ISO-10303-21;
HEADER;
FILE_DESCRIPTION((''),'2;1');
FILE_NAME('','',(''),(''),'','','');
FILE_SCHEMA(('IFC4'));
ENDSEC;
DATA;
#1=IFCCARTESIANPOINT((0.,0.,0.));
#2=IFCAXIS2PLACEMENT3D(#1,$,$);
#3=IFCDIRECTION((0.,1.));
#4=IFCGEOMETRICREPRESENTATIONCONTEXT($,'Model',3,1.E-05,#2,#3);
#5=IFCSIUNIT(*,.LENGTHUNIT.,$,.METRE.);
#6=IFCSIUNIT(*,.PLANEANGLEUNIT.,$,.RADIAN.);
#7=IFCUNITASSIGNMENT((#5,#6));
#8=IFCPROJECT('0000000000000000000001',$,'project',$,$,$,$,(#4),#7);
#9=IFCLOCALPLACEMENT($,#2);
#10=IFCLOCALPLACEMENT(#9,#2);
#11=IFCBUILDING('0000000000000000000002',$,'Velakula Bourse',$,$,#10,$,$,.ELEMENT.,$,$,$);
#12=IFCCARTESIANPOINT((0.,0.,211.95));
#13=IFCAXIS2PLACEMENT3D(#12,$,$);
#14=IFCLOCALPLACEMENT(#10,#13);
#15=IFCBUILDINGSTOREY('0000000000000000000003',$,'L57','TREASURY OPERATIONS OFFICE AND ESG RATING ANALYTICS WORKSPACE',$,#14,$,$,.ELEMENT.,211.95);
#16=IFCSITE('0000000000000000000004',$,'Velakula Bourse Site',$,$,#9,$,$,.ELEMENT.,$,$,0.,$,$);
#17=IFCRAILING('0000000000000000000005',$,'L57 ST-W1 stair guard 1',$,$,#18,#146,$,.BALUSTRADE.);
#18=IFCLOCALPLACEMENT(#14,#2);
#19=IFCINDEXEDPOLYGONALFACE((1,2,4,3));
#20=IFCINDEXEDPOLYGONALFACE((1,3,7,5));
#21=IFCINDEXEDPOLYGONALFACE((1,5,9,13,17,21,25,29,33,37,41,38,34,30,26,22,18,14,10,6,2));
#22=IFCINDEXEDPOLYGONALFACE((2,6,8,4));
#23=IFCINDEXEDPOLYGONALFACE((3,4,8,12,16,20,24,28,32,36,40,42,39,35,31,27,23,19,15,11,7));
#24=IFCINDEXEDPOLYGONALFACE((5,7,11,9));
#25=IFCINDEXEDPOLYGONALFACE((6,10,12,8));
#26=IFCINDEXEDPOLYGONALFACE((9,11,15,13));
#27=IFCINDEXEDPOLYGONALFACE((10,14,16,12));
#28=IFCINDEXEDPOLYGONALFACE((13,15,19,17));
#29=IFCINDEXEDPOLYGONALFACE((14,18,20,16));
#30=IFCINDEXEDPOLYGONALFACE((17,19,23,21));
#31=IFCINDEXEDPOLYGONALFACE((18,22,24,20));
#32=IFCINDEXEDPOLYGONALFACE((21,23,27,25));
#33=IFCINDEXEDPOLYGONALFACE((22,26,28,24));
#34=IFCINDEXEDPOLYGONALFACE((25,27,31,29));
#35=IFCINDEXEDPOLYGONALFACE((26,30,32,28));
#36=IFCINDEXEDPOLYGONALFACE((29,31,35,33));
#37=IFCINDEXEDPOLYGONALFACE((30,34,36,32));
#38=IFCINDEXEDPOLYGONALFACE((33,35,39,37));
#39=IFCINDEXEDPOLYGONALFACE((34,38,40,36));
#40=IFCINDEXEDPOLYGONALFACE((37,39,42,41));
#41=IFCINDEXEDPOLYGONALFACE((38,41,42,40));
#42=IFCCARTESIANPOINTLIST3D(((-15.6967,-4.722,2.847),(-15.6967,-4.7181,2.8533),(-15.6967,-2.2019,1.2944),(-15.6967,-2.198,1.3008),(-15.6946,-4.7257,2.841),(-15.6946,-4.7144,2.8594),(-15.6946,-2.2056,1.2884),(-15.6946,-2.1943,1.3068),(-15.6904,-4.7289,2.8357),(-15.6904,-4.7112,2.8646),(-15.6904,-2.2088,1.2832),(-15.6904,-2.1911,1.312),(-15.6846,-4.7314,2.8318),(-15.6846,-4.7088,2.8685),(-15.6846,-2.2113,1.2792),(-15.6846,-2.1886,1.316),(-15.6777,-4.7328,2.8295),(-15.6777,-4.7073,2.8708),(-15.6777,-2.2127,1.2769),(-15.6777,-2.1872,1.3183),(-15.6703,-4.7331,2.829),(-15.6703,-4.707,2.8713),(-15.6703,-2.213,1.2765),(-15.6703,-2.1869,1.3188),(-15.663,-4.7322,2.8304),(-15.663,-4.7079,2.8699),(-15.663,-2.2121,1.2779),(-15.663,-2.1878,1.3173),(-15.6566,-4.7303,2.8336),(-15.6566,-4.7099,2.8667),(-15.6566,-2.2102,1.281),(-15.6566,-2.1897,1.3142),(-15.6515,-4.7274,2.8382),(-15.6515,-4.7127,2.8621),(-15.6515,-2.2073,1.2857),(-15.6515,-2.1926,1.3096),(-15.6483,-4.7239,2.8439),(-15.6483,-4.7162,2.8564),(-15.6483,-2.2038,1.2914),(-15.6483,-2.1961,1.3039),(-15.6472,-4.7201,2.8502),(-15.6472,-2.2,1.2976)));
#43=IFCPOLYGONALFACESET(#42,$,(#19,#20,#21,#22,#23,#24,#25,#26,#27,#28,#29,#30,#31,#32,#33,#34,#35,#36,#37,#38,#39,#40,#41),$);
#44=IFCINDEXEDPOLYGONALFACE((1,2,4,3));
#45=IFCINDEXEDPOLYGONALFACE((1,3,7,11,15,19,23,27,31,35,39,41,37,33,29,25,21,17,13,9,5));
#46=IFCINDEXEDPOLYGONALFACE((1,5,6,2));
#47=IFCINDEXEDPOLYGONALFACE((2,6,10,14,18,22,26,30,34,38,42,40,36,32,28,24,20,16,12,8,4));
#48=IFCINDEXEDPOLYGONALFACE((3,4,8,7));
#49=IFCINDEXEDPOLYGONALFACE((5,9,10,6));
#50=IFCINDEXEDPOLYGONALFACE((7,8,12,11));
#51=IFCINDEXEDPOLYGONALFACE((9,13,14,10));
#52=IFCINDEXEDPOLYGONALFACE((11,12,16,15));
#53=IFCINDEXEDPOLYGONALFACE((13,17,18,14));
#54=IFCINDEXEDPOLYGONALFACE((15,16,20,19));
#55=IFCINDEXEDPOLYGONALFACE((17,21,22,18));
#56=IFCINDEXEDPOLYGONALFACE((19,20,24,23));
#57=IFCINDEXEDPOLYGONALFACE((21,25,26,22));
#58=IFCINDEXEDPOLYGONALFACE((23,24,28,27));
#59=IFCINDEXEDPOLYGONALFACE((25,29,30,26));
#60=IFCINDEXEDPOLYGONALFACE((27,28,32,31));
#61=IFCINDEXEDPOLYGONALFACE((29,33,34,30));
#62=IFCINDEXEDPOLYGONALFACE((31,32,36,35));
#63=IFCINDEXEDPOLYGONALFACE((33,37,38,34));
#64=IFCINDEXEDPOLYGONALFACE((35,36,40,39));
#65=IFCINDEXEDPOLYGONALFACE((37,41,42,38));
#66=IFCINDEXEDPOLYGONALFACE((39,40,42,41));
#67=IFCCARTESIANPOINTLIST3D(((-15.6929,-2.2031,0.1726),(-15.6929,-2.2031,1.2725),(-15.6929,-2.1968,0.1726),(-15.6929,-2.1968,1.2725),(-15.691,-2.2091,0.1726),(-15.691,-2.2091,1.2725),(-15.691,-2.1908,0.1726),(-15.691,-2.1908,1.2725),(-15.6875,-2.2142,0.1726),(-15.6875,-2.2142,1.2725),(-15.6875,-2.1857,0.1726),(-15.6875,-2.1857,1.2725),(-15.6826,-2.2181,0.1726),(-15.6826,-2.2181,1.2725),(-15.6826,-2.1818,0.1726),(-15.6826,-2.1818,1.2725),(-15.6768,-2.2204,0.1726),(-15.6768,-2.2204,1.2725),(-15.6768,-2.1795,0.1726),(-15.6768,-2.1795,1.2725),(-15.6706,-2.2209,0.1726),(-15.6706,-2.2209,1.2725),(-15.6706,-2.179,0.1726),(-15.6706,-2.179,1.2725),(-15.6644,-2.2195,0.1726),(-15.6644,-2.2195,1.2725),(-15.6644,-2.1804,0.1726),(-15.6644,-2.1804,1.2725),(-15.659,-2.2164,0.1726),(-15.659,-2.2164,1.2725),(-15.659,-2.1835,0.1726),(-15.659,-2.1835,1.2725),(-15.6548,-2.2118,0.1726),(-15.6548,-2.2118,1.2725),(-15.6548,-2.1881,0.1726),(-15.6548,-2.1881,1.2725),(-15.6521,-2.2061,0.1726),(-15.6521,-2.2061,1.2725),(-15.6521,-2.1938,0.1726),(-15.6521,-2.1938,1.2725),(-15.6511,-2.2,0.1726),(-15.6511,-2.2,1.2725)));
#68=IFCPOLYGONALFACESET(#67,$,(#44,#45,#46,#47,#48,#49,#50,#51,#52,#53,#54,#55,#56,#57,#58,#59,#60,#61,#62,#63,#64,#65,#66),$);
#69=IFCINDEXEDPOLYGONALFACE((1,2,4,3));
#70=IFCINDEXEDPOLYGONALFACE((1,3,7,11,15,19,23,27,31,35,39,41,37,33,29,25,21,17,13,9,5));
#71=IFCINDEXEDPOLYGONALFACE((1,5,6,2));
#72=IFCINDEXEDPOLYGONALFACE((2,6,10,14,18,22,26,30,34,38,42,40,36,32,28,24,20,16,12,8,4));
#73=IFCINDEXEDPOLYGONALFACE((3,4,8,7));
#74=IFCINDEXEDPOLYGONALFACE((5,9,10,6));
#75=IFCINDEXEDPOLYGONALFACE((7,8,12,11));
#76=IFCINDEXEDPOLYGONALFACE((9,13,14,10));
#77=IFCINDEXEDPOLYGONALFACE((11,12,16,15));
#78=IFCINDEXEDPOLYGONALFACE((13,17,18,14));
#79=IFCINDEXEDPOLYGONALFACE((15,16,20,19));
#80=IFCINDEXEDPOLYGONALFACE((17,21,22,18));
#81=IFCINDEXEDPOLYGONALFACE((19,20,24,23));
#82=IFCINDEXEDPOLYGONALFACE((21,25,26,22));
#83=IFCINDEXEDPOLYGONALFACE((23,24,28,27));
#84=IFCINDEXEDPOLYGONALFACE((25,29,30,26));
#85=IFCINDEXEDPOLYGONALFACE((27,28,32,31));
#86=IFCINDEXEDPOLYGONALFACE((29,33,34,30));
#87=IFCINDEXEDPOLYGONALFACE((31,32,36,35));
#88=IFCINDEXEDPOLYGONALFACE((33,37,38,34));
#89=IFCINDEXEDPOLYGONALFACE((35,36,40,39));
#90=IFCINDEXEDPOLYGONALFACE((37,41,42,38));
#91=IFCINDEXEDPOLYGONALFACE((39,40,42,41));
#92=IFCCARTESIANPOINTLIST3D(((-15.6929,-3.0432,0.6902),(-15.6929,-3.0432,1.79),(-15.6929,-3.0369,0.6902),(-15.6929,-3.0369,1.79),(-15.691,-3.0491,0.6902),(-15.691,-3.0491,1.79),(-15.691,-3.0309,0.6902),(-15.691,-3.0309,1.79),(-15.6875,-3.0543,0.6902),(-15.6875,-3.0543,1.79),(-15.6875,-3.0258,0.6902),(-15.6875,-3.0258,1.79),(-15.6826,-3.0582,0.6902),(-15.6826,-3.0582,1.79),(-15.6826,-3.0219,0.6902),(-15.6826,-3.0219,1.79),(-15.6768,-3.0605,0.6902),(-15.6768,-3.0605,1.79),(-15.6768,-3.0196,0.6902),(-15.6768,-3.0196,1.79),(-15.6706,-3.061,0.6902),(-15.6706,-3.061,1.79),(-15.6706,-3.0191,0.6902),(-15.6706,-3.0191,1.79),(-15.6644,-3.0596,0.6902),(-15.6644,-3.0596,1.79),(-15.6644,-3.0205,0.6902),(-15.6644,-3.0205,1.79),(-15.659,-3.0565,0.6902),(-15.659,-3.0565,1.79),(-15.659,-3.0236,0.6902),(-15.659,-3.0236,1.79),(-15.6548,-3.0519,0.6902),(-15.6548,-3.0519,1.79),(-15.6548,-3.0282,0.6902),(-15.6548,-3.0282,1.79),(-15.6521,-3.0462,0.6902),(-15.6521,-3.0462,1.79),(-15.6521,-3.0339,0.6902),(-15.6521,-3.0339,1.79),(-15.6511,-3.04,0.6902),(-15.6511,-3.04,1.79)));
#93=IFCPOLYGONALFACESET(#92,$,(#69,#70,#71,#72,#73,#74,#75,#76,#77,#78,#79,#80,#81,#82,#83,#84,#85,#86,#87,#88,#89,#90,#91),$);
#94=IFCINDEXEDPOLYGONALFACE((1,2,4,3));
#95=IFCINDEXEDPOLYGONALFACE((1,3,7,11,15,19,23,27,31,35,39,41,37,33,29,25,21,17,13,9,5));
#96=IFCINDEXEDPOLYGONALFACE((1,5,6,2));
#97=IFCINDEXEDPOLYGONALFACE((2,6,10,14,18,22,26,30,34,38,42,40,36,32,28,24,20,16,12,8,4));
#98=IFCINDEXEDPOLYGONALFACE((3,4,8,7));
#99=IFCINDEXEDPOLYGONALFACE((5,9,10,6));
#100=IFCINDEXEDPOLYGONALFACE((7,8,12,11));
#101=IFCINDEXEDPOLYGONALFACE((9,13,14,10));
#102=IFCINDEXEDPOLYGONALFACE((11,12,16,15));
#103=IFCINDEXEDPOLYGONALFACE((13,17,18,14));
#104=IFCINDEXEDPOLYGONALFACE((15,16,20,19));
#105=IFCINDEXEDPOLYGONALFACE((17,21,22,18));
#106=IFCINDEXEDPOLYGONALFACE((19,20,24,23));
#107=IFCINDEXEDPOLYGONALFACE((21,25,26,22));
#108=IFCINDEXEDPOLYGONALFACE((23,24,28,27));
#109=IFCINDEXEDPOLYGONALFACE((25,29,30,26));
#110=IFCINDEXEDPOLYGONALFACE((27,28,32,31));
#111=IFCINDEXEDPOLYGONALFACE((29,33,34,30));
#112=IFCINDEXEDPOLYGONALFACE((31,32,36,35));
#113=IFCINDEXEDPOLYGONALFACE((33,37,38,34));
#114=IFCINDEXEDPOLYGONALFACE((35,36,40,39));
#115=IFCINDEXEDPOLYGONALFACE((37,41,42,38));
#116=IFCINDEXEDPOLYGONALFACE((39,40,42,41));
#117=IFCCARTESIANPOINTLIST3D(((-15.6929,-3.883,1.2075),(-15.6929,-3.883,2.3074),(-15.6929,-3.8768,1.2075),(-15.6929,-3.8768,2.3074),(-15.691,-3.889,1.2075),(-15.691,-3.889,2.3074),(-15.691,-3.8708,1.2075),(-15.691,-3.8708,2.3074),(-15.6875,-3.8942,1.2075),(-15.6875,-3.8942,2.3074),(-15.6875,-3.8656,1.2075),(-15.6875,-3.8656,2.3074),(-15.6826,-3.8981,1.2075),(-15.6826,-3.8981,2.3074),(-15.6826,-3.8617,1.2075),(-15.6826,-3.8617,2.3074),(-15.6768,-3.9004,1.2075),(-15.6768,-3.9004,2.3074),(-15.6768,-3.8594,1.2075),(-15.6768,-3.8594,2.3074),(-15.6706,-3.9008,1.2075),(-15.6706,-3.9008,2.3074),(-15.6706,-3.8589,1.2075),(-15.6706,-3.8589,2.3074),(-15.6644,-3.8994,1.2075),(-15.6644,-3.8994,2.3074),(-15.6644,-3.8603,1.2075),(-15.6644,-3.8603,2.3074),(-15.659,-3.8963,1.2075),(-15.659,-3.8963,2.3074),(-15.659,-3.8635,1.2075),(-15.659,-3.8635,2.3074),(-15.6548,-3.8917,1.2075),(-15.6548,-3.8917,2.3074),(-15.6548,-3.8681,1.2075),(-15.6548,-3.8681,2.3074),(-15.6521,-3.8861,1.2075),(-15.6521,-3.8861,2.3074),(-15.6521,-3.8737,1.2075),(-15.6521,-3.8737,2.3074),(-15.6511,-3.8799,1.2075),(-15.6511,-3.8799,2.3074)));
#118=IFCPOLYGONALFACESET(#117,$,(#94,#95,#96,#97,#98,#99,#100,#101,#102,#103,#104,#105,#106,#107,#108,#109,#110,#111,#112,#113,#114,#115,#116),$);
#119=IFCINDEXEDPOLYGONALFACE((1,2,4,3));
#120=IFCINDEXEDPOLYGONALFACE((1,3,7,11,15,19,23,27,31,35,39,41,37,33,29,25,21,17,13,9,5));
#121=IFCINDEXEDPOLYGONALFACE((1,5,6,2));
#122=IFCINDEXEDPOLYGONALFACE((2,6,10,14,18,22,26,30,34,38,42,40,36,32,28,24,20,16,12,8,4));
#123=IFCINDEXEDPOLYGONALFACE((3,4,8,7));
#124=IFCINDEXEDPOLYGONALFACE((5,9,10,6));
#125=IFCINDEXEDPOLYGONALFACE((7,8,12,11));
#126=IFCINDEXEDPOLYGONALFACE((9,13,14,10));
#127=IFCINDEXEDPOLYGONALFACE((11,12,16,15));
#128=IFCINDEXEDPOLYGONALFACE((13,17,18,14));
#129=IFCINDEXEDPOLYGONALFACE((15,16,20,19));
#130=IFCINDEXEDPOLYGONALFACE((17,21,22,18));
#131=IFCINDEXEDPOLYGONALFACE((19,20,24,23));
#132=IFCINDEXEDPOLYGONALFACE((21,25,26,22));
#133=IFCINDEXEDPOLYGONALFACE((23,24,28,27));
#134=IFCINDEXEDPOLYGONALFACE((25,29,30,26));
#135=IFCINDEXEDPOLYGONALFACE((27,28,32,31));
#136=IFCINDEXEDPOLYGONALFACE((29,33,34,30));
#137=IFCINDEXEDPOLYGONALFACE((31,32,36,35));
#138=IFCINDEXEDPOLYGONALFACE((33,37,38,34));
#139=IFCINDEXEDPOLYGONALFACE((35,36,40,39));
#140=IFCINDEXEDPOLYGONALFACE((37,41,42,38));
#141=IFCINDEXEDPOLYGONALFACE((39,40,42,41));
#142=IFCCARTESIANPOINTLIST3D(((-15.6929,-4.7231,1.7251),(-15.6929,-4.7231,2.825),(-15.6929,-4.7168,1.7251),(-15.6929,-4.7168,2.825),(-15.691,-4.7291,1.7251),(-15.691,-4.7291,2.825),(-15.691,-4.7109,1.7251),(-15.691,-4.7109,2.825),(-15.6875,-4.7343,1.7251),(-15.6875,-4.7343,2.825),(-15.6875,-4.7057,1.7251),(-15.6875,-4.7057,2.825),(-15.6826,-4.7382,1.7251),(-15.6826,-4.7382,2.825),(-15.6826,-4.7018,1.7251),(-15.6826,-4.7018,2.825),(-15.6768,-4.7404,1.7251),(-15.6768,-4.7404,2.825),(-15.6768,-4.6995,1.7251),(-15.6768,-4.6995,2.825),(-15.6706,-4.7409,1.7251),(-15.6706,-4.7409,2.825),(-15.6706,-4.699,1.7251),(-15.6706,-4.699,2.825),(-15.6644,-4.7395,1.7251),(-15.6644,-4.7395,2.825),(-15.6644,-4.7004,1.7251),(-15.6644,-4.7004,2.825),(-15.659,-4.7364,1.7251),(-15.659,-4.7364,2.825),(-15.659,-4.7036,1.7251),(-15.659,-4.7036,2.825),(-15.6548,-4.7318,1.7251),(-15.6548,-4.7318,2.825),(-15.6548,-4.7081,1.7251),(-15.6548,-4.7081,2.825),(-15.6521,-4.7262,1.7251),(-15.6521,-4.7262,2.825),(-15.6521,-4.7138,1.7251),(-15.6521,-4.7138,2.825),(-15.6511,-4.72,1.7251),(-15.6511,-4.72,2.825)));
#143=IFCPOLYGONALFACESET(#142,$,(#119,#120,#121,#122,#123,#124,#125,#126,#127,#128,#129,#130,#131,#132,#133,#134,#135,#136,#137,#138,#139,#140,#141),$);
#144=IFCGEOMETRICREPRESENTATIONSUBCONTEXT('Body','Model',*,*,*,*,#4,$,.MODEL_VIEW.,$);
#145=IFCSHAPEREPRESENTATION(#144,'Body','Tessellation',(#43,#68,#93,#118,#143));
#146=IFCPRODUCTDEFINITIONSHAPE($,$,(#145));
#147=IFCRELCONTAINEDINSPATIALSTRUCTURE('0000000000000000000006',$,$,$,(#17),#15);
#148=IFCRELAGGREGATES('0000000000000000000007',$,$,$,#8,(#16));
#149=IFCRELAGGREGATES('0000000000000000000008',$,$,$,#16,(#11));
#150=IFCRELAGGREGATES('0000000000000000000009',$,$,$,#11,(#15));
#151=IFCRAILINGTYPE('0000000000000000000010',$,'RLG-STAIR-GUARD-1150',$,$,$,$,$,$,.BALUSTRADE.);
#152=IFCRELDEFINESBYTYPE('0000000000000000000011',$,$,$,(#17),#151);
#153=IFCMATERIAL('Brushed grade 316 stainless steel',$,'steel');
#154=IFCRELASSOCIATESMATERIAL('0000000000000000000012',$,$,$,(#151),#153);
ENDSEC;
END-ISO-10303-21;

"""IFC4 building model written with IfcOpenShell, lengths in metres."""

from ifc_helpers import new_model, si_unit, direction, frame, origin, origin_2d, place, context, subcontext, project, spatial, circle, extrude, material, type_object, element, save


model = new_model("IFC4")

# Units and contexts
model_context = context("Model", 3, precision=1e-05, world=origin(), true_north=direction((0.0, 1.0)))
body_context = subcontext(model_context, "Body", "Model", "MODEL_VIEW")
ifc_project = project(units=[si_unit("LENGTHUNIT", "METRE"), si_unit("PLANEANGLEUNIT", "RADIAN")], contexts=[model_context])

# Site, building, storey
site_placement = place(None, origin())
site = spatial("IfcSite", under=ifc_project, at=site_placement, Name="Velakula Bourse Site", CompositionType="ELEMENT", RefElevation=0.0)
building_placement = place(site_placement, origin())
building = spatial("IfcBuilding", under=site, at=building_placement, Name="Velakula Bourse", CompositionType="ELEMENT")
storey_placement = place(building_placement, frame((0.0, 0.0, 211.95)))
storey = spatial("IfcBuildingStorey", under=building, at=storey_placement, Name="L57", Description="TREASURY OPERATIONS OFFICE AND ESG RATING ANALYTICS WORKSPACE", CompositionType="ELEMENT", Elevation=211.95)

# Shared definitions
ifc_material_1 = material(Name="Brushed grade 316 stainless steel", Category="steel")

# Railing
railing_type_1 = type_object("IfcRailingType", Name="RLG-STAIR-GUARD-1150", PredefinedType="BALUSTRADE", material=ifc_material_1)
railing_1_placement = place(storey_placement, frame((-15.6721, -2.2, 0.1726)))
element("IfcRailing", 1, at=railing_1_placement, inside=storey, type_object=railing_type_1, Name="L57 ST-W1 stair guard 1", PredefinedType="BALUSTRADE", context=body_context, shape_type="SweptSolid", body=[
    extrude(circle(Radius=0.0249, at=origin_2d()), frame((0.0, 0.0, 1.125), z_axis=(0.0, -0.8514, 0.524516), x_axis=(1.0, 0.0, 0.0)), (0.0, 0.0, 1.0), 2.96),
    extrude(circle(Radius=0.021, at=origin_2d()), origin(), (0.0, 0.0, 1.0), 1.0999),
    extrude(circle(Radius=0.021, at=origin_2d()), frame((0.0, -0.8401, 0.5176)), (0.0, 0.0, 1.0), 1.0999),
    extrude(circle(Radius=0.021, at=origin_2d()), frame((0.0, -1.6799, 1.0349)), (0.0, 0.0, 1.0), 1.0999),
    extrude(circle(Radius=0.021, at=origin_2d()), frame((0.0, -2.52, 1.5525)), (0.0, 0.0, 1.0), 1.0999),
])

save(model, "model.ifc")
